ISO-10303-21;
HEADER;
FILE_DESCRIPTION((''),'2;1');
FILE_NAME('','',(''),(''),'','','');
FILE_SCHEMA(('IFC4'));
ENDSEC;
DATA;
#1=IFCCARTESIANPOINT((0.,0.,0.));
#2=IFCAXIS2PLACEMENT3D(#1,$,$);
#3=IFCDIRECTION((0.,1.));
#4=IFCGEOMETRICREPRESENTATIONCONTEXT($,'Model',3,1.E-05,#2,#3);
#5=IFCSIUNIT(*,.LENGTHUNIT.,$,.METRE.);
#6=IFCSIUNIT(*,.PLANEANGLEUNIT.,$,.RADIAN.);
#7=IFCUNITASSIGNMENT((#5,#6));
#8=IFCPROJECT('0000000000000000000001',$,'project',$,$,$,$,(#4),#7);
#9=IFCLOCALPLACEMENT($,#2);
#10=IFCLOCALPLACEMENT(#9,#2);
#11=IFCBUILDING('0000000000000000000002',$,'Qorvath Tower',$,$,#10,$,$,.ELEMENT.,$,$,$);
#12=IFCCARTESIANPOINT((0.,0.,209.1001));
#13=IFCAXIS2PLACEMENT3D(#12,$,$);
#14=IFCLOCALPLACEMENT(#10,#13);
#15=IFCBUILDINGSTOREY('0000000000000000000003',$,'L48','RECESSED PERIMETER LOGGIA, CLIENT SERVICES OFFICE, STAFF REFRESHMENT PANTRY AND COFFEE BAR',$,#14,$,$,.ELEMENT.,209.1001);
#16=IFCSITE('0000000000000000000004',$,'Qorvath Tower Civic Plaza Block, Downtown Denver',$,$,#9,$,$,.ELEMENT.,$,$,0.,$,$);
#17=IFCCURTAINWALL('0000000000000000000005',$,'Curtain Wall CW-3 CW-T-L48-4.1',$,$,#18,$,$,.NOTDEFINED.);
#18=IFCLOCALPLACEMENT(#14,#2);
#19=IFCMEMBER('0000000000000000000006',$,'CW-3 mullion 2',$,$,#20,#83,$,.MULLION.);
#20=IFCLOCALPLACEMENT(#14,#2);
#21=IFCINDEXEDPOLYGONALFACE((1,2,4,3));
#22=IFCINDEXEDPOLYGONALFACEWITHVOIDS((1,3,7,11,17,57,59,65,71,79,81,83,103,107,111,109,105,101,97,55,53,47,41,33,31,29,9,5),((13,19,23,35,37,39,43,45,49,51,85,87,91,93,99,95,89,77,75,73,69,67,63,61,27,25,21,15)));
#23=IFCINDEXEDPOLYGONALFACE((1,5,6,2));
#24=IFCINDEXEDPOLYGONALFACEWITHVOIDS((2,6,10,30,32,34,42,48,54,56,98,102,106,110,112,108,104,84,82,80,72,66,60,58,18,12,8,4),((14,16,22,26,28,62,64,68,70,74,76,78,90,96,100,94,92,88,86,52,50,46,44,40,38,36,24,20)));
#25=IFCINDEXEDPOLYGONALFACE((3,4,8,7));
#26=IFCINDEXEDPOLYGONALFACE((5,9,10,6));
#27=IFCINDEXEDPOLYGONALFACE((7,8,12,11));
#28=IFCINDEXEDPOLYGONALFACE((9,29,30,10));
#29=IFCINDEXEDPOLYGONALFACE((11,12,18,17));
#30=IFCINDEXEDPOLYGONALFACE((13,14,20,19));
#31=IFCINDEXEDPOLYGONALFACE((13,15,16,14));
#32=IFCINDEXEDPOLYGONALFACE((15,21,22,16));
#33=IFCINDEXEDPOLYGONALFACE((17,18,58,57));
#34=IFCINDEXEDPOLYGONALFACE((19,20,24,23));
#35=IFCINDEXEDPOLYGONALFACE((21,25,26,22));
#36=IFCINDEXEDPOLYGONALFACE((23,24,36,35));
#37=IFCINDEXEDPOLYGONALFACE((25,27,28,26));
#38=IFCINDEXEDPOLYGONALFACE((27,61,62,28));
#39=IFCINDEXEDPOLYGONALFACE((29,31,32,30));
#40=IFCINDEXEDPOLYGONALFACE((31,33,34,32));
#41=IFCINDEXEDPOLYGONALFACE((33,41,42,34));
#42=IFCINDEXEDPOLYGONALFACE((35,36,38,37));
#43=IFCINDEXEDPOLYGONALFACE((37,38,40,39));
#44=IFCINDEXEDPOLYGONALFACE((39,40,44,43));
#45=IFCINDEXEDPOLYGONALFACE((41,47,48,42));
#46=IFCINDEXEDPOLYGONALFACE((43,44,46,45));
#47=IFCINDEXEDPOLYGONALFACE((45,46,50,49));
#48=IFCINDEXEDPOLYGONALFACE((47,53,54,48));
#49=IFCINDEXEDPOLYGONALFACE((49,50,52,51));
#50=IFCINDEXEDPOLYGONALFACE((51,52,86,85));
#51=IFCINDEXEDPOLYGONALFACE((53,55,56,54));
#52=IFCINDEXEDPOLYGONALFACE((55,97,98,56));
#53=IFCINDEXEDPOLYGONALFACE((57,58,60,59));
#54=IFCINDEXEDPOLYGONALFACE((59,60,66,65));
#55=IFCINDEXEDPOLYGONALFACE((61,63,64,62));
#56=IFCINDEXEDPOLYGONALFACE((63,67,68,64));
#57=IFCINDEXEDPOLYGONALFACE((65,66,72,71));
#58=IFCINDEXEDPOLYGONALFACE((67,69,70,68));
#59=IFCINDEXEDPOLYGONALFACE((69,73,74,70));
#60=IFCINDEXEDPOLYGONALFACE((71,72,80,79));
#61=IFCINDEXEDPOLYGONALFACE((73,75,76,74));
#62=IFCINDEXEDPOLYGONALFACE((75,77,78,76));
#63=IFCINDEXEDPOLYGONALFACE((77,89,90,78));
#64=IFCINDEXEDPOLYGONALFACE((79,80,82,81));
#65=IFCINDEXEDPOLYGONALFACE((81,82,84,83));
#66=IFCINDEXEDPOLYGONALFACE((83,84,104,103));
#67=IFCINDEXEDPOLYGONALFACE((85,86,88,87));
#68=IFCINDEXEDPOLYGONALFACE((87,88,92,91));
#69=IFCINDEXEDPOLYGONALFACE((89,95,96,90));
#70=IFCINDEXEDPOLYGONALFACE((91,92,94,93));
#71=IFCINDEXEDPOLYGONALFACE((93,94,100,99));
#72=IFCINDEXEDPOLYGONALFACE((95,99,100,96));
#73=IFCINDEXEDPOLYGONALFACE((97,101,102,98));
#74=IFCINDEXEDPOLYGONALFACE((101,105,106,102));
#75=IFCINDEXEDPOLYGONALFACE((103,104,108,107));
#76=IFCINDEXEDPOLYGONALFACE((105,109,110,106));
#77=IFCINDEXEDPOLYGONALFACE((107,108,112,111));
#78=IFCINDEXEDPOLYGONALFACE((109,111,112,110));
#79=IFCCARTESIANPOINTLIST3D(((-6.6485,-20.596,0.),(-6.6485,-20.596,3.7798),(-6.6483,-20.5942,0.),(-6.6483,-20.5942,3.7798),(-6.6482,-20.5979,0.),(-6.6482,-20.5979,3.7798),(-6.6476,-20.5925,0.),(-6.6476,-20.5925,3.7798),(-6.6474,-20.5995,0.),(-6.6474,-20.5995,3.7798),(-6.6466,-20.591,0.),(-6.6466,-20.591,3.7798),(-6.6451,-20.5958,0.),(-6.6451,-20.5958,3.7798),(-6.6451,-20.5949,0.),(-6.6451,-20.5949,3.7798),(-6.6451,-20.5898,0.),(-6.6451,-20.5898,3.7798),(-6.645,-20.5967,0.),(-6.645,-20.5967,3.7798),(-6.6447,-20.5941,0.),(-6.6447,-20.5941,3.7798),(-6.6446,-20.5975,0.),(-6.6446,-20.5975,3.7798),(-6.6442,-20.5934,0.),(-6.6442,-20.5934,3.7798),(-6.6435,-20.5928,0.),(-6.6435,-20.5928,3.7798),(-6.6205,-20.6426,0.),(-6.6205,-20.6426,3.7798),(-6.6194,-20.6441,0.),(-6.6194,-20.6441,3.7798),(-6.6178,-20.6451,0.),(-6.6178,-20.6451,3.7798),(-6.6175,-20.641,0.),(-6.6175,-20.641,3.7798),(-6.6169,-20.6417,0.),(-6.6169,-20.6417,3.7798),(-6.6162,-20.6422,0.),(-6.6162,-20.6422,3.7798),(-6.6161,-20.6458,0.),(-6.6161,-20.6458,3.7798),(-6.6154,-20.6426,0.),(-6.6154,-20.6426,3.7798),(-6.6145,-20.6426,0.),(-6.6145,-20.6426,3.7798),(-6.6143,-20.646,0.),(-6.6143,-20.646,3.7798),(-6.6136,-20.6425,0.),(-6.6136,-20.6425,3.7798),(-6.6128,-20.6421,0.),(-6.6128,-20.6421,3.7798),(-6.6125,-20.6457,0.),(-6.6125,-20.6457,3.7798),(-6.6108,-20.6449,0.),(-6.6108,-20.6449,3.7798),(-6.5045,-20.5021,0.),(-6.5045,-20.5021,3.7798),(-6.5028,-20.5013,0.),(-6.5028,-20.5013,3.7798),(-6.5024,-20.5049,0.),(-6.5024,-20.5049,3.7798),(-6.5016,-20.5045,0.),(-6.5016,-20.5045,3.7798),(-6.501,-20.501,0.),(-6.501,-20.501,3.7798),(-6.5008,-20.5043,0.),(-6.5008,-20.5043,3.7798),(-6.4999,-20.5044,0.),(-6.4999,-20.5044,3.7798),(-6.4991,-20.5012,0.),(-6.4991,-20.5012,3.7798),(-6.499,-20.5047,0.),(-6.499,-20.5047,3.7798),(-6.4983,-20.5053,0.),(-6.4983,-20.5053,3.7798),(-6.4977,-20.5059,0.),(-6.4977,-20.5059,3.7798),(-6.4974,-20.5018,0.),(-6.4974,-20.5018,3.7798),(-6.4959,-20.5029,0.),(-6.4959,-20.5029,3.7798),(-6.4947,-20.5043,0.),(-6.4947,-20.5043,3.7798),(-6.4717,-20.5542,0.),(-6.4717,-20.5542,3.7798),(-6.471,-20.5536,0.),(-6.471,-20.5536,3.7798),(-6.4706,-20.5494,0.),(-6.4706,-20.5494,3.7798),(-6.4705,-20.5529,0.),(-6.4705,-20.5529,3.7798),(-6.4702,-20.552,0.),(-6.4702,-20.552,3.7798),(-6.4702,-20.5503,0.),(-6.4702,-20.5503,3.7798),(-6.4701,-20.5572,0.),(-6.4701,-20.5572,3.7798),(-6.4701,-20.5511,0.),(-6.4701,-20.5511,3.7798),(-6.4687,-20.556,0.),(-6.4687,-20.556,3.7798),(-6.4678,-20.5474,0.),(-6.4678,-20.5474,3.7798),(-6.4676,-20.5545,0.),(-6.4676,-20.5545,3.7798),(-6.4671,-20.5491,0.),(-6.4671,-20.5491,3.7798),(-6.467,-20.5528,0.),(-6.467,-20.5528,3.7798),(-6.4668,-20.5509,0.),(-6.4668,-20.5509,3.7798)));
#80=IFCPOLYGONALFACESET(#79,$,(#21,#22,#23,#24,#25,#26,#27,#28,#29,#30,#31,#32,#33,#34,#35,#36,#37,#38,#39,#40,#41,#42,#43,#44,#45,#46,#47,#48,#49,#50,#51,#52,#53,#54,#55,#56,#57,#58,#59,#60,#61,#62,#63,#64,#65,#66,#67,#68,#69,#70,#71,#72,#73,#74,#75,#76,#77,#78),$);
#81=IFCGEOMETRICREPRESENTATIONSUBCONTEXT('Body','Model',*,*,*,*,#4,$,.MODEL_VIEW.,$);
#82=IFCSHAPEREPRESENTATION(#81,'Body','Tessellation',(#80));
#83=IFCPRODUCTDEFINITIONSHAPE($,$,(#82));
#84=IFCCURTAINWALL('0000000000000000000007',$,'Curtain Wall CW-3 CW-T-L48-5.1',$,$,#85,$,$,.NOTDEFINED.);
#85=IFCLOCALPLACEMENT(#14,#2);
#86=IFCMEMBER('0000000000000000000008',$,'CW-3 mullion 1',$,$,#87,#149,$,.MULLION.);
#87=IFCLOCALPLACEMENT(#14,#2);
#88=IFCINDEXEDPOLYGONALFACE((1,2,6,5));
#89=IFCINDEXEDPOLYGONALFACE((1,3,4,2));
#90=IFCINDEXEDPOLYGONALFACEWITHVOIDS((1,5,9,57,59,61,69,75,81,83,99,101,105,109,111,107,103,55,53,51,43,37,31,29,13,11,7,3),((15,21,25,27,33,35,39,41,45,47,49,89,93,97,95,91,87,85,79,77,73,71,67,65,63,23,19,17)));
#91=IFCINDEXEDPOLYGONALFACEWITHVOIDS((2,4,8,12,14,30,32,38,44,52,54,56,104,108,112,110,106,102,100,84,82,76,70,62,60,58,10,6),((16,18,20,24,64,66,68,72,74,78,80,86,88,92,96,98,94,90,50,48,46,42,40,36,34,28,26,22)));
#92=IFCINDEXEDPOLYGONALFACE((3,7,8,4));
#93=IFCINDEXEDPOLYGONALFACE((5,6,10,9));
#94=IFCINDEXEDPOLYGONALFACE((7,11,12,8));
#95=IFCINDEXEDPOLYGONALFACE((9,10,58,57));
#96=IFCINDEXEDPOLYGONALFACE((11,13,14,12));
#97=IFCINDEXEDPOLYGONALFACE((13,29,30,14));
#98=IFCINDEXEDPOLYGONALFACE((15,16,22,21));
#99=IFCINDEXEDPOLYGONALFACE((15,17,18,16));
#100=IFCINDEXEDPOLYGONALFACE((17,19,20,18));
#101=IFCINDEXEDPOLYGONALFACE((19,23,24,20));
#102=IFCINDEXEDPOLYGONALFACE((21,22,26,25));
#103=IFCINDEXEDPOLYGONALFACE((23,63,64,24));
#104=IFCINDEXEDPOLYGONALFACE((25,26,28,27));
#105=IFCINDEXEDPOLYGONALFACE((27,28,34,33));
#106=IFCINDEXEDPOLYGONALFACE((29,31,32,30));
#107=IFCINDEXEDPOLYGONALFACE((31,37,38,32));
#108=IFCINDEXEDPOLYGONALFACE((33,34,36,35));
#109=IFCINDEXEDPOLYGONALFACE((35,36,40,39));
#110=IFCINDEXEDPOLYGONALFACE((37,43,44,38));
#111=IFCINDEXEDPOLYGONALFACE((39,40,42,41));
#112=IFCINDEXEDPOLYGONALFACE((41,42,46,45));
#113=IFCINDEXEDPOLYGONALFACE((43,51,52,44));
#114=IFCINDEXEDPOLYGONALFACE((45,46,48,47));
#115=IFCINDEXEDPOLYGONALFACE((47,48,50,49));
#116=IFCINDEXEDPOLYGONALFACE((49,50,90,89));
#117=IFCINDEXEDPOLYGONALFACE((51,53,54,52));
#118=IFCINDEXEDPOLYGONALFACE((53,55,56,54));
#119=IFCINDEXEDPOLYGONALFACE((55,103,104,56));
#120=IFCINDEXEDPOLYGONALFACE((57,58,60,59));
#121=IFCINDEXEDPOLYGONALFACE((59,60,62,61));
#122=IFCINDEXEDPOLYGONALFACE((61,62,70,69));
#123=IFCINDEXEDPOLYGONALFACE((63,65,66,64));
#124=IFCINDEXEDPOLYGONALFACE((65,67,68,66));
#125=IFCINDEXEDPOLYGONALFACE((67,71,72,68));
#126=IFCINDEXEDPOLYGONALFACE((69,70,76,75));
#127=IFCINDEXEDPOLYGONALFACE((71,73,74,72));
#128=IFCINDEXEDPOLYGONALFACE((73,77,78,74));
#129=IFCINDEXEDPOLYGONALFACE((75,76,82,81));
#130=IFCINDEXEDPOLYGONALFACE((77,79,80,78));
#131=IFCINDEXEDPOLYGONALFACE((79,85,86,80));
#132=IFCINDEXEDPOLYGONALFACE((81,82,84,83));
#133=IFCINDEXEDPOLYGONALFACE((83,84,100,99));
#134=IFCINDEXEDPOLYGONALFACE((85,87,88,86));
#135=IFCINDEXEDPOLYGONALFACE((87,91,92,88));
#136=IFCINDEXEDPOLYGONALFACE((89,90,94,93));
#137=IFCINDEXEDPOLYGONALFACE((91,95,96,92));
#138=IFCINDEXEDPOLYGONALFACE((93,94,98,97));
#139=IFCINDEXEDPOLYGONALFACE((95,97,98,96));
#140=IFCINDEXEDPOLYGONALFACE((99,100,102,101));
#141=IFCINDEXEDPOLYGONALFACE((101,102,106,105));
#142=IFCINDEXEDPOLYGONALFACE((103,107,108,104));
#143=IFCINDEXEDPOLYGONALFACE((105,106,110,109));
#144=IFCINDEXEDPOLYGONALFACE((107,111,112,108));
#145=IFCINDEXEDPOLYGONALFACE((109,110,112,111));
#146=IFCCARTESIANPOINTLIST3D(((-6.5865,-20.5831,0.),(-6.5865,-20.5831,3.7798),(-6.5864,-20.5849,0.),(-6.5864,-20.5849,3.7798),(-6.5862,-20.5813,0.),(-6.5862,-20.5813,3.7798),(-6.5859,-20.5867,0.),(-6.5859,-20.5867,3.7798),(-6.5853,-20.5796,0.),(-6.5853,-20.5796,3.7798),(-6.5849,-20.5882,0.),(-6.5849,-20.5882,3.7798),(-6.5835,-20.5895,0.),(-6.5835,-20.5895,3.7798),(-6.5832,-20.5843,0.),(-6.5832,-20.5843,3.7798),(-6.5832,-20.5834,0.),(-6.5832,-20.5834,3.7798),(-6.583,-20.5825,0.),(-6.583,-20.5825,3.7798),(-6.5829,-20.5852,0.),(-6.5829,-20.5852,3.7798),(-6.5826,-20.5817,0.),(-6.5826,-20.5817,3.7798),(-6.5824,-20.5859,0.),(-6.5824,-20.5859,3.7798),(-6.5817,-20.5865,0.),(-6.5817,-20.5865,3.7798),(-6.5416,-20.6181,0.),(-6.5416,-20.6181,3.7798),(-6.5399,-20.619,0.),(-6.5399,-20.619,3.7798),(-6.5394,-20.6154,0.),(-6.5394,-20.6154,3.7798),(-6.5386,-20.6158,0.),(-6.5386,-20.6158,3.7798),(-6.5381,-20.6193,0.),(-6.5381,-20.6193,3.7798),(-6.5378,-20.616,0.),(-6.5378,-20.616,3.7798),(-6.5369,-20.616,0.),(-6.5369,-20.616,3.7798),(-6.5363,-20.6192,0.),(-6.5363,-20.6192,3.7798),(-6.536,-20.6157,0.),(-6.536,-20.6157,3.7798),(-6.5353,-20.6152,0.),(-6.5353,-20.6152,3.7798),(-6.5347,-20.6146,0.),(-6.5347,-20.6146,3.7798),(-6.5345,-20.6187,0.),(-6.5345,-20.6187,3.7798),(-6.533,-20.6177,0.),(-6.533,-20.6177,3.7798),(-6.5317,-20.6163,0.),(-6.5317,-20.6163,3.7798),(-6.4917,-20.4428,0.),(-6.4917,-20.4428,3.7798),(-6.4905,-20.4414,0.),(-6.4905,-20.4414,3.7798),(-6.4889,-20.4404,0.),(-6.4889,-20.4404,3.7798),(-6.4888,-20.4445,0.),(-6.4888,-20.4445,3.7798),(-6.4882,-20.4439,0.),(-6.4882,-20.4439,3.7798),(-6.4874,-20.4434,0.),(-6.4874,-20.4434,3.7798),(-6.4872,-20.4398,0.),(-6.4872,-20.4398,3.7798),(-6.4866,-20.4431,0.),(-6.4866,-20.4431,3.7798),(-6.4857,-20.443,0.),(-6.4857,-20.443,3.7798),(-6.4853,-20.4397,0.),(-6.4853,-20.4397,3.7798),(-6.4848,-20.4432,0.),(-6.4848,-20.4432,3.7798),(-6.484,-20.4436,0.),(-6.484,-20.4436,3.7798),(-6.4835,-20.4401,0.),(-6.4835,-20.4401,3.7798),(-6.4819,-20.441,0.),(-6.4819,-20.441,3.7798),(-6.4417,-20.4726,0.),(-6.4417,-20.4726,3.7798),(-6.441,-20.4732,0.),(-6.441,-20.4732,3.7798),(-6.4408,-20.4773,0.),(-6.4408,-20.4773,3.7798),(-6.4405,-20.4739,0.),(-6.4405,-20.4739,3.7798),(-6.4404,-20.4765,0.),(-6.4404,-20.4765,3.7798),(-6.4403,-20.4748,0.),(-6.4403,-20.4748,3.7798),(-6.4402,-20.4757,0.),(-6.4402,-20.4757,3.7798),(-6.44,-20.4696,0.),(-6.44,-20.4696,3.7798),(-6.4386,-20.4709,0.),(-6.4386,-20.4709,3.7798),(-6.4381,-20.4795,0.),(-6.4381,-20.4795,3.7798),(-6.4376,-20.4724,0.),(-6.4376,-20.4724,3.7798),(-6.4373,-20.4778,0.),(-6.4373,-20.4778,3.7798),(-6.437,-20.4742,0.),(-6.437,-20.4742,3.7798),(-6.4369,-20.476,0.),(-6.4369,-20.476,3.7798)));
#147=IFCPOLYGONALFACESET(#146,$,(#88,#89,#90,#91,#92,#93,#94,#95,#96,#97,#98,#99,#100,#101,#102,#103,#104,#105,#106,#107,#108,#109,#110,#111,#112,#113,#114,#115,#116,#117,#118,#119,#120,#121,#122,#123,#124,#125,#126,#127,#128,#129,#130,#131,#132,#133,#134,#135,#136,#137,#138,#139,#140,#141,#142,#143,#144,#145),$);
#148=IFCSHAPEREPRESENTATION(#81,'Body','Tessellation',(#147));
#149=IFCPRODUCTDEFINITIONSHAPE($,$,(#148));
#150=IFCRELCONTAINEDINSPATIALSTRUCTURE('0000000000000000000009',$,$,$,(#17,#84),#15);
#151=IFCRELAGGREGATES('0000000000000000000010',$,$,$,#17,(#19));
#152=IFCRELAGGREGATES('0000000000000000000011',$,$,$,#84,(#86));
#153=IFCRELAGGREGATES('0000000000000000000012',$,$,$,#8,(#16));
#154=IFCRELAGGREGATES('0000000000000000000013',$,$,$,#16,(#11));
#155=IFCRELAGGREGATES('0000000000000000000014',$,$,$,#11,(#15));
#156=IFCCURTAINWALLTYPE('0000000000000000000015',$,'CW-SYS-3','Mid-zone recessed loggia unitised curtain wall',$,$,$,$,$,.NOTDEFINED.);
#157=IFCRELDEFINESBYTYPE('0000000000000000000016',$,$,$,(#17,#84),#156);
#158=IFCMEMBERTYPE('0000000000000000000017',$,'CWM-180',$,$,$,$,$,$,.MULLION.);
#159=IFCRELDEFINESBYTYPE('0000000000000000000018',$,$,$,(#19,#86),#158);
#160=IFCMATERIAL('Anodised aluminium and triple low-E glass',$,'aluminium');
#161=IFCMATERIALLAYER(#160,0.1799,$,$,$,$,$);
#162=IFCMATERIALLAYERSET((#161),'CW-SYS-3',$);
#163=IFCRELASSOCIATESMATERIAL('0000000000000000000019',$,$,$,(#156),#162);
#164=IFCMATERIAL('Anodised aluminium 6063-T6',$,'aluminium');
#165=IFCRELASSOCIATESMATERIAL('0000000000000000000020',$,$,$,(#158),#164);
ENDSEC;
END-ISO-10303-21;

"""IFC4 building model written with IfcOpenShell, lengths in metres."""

from ifc_helpers import new_model, si_unit, direction, frame, origin, origin_2d, place, context, subcontext, project, spatial, hollow_rectangle, extrude, material, layer, layer_set, material_profile, profile_set, type_object, element, aggregate, save


model = new_model("IFC4")

# Units and contexts
model_context = context("Model", 3, precision=1e-05, world=origin(), true_north=direction((0.0, 1.0)))
body_context = subcontext(model_context, "Body", "Model", "MODEL_VIEW")
ifc_project = project(units=[si_unit("LENGTHUNIT", "METRE"), si_unit("PLANEANGLEUNIT", "RADIAN")], contexts=[model_context])

# Site, building, storey
site_placement = place(None, origin())
site = spatial("IfcSite", under=ifc_project, at=site_placement, Name="Qorvath Tower Civic Plaza Block, Downtown Denver", CompositionType="ELEMENT", RefElevation=0.0)
building_placement = place(site_placement, origin())
building = spatial("IfcBuilding", under=site, at=building_placement, Name="Qorvath Tower", CompositionType="ELEMENT")
storey_placement = place(building_placement, frame((0.0, 0.0, 209.1001)))
storey = spatial("IfcBuildingStorey", under=building, at=storey_placement, Name="L48", Description="RECESSED PERIMETER LOGGIA, CLIENT SERVICES OFFICE, STAFF REFRESHMENT PANTRY AND COFFEE BAR", CompositionType="ELEMENT", Elevation=209.1001)

# Shared definitions
ifc_material_1 = material(Name="Anodised aluminium and triple low-E glass", Category="aluminium")
ifc_layer_1 = layer(ifc_material_1, 0.1799)
ifc_layer_set_1 = layer_set([ifc_layer_1], Name="CW-SYS-3")
curtain_wall_type = type_object("IfcCurtainWallType", Name="CW-SYS-3", Description="Mid-zone recessed loggia unitised curtain wall", PredefinedType="NOTDEFINED", material=ifc_layer_set_1)
ifc_material_2 = material(Name="Anodised aluminium 6063-T6", Category="aluminium")
ifc_material_profile_1 = material_profile(ifc_material_2, hollow_rectangle(XDim=0.0649, YDim=0.1799, WallThickness=0.0034, InnerFilletRadius=0.0034, OuterFilletRadius=0.0071, at=origin_2d()), Name="CWM 180x65")
ifc_profile_set_1 = profile_set([ifc_material_profile_1], Name="Anodised aluminium 6063-T6")
member_type_1 = type_object("IfcMemberType", Name="CWM-180", PredefinedType="MULLION", material=ifc_profile_set_1)

# Curtain walls, members
curtain_wall_1_placement = place(storey_placement, origin())
curtain_wall_1 = element("IfcCurtainWall", 1, at=curtain_wall_1_placement, inside=storey, type_object=curtain_wall_type, Name="Curtain Wall CW-3 CW-T-L48-4.1", PredefinedType="NOTDEFINED")
member_1_placement = place(storey_placement, frame((-6.5576, -20.5735, 0.0), z_axis=(0.0, 0.0, 1.0), x_axis=(-0.529074, 0.848576, 0.0)))
member_1 = element("IfcMember", 2, at=member_1_placement, type_object=member_type_1, Name="CW-3 mullion 2", PredefinedType="MULLION", context=body_context, shape_type="SweptSolid", body=[
    extrude(hollow_rectangle(XDim=0.0649, YDim=0.1799, WallThickness=0.0034, InnerFilletRadius=0.0034, OuterFilletRadius=0.0071, at=origin_2d()), origin(), (0.0, 0.0, 1.0), 3.7798),
])
curtain_wall_2_placement = place(storey_placement, origin())
curtain_wall_2 = element("IfcCurtainWall", 3, at=curtain_wall_2_placement, inside=storey, type_object=curtain_wall_type, Name="Curtain Wall CW-3 CW-T-L48-5.1", PredefinedType="NOTDEFINED")
member_2_placement = place(storey_placement, frame((-6.5117, -20.5295, 0.0), z_axis=(0.0, 0.0, 1.0), x_axis=(-0.825323, 0.564661, 0.0)))
member_2 = element("IfcMember", 4, at=member_2_placement, type_object=member_type_1, Name="CW-3 mullion 1", PredefinedType="MULLION", context=body_context, shape_type="SweptSolid", body=[
    extrude(hollow_rectangle(XDim=0.0649, YDim=0.1799, WallThickness=0.0034, InnerFilletRadius=0.0034, OuterFilletRadius=0.0071, at=origin_2d()), origin(), (0.0, 0.0, 1.0), 3.7798),
])

aggregate(curtain_wall_1, [member_1])
aggregate(curtain_wall_2, [member_2])

save(model, "model.ifc")
